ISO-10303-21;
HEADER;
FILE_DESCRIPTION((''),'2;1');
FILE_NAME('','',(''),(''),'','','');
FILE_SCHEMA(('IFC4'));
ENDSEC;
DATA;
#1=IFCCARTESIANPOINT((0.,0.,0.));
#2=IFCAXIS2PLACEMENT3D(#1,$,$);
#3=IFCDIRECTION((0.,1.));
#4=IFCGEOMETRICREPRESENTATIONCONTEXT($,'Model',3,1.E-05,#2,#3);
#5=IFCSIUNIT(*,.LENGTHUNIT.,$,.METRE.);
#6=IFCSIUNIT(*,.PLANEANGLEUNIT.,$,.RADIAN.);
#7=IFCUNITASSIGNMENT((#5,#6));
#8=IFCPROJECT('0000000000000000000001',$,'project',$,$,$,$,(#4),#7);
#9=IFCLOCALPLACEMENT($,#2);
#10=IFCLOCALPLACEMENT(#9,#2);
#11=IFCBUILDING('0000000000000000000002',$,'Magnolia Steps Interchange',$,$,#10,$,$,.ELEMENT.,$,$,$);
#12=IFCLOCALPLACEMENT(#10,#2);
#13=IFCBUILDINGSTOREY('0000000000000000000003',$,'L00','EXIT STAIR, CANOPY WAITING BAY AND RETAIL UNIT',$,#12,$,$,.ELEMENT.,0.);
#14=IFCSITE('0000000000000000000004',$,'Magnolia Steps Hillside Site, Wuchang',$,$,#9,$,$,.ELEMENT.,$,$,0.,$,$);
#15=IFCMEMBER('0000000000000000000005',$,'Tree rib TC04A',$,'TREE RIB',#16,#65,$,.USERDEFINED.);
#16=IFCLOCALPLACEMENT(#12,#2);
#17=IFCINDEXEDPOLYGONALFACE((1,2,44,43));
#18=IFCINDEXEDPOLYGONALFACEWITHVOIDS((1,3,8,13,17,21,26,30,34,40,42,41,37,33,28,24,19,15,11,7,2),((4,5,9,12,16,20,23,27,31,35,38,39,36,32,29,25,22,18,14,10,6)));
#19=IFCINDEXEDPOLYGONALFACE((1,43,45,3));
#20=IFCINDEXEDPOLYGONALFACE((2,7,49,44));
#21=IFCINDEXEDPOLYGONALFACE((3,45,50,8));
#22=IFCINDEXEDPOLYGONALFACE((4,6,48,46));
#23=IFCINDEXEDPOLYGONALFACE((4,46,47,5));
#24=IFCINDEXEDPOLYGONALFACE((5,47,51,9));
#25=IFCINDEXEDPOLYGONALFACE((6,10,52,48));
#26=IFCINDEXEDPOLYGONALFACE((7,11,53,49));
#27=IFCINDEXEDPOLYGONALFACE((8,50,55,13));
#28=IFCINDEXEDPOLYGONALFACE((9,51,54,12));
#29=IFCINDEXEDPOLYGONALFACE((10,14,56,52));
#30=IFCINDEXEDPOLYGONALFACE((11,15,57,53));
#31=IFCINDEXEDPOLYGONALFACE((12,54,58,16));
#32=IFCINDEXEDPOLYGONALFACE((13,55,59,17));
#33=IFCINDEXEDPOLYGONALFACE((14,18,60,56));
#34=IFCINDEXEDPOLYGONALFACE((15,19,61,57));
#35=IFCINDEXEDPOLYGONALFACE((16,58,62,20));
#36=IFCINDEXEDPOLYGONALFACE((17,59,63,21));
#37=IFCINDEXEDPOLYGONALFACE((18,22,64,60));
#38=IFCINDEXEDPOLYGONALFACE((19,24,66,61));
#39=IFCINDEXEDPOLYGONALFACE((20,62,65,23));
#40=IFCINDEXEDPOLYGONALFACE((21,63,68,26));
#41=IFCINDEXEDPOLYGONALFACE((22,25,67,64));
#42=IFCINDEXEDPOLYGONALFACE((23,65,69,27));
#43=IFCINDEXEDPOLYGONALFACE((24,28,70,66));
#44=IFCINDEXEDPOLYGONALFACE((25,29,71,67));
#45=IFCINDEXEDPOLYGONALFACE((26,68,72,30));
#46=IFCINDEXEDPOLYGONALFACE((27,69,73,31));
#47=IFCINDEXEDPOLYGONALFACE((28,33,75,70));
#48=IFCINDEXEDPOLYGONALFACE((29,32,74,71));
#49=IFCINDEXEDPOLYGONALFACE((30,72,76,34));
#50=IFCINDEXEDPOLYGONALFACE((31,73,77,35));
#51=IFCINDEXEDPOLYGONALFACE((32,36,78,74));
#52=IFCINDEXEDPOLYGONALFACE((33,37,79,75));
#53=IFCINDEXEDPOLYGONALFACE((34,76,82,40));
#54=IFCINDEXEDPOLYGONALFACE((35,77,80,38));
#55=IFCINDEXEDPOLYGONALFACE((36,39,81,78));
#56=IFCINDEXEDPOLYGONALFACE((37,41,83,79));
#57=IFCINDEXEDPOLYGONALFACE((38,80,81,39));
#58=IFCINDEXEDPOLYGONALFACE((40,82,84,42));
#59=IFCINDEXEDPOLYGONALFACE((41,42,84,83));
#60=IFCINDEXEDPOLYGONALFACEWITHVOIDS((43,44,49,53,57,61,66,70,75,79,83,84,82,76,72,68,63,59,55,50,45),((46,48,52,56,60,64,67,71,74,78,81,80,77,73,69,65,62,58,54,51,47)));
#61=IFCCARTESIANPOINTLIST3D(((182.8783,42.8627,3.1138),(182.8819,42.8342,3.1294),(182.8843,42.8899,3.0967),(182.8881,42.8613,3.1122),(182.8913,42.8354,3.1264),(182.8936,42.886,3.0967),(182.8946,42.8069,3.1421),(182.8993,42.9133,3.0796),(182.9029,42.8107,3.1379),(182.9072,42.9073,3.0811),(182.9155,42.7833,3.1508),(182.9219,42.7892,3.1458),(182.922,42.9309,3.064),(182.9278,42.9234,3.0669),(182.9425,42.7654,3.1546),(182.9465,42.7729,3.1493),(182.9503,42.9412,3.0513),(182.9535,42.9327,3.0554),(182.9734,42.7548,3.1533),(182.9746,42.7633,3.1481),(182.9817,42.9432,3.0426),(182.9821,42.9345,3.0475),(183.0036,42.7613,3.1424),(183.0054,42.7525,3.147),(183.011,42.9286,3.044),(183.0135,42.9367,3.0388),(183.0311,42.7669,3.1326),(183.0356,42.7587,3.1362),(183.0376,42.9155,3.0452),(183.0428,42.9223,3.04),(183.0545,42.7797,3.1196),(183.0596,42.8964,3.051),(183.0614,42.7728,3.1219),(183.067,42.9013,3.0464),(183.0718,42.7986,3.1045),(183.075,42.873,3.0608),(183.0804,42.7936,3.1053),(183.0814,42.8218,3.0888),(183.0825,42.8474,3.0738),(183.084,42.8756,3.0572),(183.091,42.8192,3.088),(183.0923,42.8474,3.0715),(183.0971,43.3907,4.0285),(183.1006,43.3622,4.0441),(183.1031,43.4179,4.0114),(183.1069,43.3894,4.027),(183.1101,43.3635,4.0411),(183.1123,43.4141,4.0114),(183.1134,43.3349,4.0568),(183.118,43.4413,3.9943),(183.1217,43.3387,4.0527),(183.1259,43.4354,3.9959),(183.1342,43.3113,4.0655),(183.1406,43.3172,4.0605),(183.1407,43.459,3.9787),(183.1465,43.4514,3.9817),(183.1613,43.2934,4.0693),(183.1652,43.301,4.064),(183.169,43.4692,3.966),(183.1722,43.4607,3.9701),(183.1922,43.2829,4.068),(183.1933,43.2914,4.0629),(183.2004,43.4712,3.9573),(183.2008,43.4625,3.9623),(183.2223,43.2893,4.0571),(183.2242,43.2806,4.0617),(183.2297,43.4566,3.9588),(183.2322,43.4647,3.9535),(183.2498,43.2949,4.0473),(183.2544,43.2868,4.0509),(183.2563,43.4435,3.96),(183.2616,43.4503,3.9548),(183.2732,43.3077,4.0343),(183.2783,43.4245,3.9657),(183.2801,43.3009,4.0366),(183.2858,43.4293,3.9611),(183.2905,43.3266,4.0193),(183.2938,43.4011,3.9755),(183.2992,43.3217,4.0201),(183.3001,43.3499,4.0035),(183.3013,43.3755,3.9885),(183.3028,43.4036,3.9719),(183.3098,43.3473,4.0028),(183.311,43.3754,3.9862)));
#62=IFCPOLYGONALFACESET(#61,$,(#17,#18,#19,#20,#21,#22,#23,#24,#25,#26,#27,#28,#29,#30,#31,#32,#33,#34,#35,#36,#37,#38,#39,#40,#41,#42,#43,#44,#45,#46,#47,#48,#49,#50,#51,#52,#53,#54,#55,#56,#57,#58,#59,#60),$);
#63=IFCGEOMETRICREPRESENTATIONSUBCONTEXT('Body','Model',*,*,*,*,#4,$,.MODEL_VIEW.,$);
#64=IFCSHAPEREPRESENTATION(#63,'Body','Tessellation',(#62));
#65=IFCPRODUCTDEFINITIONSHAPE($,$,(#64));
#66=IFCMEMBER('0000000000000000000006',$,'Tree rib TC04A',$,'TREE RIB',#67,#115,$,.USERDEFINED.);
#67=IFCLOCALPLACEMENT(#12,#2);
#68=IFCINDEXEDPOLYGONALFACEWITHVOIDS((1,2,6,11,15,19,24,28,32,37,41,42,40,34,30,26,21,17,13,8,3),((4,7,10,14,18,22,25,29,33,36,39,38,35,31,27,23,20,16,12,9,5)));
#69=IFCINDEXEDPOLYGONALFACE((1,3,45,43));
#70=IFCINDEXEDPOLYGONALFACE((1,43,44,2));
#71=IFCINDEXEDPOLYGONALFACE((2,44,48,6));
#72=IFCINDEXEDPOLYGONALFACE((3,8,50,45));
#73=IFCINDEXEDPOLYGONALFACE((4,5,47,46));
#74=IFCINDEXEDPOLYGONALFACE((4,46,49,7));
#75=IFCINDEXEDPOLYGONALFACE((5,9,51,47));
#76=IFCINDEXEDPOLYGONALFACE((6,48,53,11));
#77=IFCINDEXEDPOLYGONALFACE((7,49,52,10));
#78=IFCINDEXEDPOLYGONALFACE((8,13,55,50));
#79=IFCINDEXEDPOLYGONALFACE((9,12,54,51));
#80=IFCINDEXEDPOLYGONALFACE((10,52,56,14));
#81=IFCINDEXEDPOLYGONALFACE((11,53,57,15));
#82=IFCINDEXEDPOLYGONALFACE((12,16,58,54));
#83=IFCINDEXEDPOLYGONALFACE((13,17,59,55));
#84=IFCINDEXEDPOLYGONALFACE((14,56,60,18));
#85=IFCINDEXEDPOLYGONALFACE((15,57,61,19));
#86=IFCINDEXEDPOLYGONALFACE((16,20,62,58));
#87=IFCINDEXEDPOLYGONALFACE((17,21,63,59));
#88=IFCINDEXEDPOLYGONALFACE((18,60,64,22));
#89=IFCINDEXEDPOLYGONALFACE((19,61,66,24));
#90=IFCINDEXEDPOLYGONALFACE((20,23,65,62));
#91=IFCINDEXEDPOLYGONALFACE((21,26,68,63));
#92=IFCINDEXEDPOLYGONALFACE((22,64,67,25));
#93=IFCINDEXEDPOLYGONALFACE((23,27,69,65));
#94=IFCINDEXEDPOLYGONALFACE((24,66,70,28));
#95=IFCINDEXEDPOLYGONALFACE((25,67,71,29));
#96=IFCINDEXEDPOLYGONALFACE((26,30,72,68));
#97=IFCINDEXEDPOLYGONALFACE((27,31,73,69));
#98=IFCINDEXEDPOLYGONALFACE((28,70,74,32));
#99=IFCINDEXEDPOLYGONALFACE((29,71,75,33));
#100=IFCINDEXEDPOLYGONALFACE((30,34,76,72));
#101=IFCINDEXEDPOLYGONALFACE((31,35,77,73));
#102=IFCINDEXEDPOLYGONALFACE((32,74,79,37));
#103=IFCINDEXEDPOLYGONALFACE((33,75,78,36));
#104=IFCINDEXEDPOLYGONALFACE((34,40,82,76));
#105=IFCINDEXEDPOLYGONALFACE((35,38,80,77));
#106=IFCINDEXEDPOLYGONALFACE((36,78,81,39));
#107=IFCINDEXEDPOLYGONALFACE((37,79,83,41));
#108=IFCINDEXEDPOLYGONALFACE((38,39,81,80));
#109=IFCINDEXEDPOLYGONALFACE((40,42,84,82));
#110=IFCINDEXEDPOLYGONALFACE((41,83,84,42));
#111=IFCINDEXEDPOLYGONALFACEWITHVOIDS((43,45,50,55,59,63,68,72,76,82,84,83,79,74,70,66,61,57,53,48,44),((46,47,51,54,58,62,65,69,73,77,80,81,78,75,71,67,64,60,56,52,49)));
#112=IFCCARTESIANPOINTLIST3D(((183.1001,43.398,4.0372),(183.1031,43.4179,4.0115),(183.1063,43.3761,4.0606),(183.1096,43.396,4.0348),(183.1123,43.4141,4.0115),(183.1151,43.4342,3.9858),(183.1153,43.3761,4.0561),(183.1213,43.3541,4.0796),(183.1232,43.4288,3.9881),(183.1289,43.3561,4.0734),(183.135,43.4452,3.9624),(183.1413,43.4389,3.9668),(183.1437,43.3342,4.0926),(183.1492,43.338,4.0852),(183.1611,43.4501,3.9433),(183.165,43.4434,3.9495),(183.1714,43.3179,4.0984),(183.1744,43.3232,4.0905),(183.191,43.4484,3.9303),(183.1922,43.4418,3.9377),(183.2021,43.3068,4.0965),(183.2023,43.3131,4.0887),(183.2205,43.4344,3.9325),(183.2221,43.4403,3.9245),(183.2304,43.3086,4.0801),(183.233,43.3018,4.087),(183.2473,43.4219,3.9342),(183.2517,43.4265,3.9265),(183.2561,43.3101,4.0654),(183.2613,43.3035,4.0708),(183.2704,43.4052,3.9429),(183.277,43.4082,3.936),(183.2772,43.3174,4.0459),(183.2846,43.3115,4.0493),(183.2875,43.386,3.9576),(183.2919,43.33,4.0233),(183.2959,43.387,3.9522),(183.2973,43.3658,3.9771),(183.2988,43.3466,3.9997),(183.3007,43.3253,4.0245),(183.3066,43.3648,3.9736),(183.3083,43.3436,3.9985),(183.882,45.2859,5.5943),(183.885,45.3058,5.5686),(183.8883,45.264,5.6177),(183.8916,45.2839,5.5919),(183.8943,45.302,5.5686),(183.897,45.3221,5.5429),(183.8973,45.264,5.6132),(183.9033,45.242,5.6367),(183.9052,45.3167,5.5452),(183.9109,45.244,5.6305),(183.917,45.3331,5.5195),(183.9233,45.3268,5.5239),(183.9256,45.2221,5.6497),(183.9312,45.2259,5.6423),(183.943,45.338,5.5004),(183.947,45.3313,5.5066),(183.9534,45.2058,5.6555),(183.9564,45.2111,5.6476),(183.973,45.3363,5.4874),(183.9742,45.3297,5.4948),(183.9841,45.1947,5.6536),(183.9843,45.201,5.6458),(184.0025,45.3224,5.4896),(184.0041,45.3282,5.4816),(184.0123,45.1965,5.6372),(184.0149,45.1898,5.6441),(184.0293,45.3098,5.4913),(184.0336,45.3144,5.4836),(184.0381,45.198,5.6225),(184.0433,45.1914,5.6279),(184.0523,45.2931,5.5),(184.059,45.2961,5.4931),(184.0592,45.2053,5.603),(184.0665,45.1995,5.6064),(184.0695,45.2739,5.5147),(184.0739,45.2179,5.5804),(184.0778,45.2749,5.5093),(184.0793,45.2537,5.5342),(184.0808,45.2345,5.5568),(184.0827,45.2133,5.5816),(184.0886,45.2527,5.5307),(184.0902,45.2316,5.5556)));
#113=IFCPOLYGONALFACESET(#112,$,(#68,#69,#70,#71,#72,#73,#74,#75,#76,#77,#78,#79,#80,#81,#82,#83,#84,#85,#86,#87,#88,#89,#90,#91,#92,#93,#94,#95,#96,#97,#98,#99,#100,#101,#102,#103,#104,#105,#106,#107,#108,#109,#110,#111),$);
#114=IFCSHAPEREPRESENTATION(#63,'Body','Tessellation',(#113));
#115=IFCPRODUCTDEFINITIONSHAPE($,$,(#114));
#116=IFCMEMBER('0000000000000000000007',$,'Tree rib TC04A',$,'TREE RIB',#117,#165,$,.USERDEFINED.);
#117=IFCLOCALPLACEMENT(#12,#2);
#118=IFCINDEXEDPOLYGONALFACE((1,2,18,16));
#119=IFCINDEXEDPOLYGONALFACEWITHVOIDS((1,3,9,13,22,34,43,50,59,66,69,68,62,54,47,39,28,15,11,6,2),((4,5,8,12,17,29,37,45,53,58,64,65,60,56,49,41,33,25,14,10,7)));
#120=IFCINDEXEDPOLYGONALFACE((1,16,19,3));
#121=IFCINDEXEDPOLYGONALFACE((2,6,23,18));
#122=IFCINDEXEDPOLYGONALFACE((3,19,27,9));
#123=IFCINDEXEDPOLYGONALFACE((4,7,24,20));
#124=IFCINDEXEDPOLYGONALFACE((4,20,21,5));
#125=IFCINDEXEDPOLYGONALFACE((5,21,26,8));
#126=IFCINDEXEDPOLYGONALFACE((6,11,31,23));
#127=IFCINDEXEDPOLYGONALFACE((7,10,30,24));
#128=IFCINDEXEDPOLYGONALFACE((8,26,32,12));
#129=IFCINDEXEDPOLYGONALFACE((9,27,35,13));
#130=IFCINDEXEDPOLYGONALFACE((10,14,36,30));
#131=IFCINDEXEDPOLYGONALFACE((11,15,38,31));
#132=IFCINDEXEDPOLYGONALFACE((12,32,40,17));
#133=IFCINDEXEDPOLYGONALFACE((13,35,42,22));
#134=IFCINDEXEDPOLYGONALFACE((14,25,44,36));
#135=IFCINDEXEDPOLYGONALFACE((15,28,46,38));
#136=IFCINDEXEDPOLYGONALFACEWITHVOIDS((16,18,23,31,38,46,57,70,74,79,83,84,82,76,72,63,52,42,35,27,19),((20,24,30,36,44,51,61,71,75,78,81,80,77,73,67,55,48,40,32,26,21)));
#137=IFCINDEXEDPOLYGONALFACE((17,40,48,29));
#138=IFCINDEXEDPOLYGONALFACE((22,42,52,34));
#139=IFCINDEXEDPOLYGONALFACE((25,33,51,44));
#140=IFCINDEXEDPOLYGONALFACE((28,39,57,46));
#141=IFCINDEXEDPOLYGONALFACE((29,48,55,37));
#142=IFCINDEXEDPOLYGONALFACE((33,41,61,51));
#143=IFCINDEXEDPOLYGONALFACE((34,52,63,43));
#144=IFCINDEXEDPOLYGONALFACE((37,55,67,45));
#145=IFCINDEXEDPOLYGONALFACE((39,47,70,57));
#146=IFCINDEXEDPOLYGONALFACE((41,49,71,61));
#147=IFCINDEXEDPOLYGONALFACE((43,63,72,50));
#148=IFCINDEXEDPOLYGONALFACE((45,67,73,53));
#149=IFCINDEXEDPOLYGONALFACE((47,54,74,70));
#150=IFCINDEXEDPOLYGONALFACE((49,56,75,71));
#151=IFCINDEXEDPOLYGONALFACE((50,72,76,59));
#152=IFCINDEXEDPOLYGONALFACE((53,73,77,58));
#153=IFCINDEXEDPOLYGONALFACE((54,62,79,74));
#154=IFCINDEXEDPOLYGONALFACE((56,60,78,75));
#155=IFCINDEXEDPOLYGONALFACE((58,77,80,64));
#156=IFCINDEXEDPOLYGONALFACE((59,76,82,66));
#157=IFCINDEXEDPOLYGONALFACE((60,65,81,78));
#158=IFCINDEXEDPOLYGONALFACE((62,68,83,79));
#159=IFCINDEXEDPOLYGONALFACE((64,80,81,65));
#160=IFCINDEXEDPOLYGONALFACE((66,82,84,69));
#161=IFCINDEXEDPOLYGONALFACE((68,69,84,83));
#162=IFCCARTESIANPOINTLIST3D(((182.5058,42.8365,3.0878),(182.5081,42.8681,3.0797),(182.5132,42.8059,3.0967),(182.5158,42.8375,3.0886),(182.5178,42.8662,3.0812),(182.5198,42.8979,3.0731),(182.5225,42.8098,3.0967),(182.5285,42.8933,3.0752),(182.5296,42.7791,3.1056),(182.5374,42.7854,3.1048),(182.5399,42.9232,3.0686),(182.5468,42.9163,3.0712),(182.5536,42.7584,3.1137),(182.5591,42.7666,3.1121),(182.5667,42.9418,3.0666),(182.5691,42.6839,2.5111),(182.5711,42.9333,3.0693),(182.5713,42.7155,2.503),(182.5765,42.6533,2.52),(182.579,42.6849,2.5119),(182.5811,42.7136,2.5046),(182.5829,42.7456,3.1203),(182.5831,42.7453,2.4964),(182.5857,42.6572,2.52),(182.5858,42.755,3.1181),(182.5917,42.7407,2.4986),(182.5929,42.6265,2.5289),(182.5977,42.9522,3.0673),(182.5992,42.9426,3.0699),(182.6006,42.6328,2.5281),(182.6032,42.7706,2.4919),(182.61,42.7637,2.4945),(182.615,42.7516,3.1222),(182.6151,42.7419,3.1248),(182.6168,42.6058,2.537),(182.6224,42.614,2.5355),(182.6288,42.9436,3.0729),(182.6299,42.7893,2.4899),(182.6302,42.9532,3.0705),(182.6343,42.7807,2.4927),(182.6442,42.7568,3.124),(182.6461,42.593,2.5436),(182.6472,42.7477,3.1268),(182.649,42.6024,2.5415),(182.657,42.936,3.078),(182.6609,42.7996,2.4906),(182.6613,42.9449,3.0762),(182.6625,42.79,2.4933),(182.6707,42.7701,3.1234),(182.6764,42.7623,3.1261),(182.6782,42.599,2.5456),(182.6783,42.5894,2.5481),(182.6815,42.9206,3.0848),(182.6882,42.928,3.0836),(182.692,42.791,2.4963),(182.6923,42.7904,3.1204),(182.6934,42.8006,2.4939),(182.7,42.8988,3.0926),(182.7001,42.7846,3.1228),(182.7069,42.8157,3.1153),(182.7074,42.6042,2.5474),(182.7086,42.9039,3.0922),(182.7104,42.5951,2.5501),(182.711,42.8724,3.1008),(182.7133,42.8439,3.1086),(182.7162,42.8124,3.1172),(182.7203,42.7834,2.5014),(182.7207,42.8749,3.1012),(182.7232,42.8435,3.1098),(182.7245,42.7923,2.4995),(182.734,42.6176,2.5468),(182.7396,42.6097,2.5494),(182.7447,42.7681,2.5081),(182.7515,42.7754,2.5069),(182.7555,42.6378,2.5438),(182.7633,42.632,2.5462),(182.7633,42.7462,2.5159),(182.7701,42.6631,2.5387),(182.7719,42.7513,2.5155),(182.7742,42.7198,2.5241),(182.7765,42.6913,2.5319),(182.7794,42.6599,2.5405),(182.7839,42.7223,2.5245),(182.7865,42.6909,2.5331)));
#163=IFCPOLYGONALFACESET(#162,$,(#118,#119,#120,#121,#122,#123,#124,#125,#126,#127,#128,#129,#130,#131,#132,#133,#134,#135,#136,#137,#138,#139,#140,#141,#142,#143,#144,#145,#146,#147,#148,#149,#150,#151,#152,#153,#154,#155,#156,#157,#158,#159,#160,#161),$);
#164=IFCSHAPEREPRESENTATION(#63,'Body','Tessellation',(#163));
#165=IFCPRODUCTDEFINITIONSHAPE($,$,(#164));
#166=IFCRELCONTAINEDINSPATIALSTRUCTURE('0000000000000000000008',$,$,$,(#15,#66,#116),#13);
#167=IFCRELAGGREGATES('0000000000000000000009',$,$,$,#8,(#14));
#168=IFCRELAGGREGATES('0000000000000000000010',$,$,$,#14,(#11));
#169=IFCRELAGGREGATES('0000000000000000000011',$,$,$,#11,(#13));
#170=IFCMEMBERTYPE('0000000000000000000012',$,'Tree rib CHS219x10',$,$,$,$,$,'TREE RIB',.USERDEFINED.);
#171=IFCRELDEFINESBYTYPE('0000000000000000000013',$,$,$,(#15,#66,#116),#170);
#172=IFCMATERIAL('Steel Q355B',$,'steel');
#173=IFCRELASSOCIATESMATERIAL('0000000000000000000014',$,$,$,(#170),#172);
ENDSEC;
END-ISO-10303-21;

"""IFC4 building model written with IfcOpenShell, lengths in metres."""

from ifc_helpers import new_model, si_unit, direction, frame, origin, origin_2d, place, context, subcontext, project, spatial, hollow_circle, extrude, material, material_profile, profile_set, type_object, element, save


model = new_model("IFC4")

# Units and contexts
model_context = context("Model", 3, precision=1e-05, world=origin(), true_north=direction((0.0, 1.0)))
body_context = subcontext(model_context, "Body", "Model", "MODEL_VIEW")
ifc_project = project(units=[si_unit("LENGTHUNIT", "METRE"), si_unit("PLANEANGLEUNIT", "RADIAN")], contexts=[model_context])

# Site, building, storey
site_placement = place(None, origin())
site = spatial("IfcSite", under=ifc_project, at=site_placement, Name="Magnolia Steps Hillside Site, Wuchang", CompositionType="ELEMENT", RefElevation=0.0)
building_placement = place(site_placement, origin())
building = spatial("IfcBuilding", under=site, at=building_placement, Name="Magnolia Steps Interchange", CompositionType="ELEMENT")
storey_placement = place(building_placement, origin())
storey = spatial("IfcBuildingStorey", under=building, at=storey_placement, Name="L00", Description="EXIT STAIR, CANOPY WAITING BAY AND RETAIL UNIT", CompositionType="ELEMENT", Elevation=0.0)

# Members
ifc_material_1 = material(Name="Steel Q355B", Category="steel")
ifc_material_profile_1 = material_profile(ifc_material_1, hollow_circle(Radius=0.1096, WallThickness=0.01, at=origin_2d()), Name="CHS219x10")
ifc_profile_set_1 = profile_set([ifc_material_profile_1], Name="Steel Q355B")
member_type = type_object("IfcMemberType", Name="Tree rib CHS219x10", ElementType="TREE RIB", PredefinedType="USERDEFINED", material=ifc_profile_set_1)
member_1_placement = place(storey_placement, frame((182.9856, 42.8479, 3.0967), z_axis=(0.202793, 0.489555, 0.848063), x_axis=(-0.923871, 0.382704, 0.0)))
element("IfcMember", 1, at=member_1_placement, inside=storey, type_object=member_type, Name="Tree rib TC04A", ObjectType="TREE RIB", PredefinedType="USERDEFINED", context=body_context, shape_type="SweptSolid", body=[
    extrude(hollow_circle(Radius=0.1096, WallThickness=0.01, at=origin_2d()), origin(), (0.0, 0.0, 1.0), 1.0786),
])
member_2_placement = place(storey_placement, frame((183.2043, 43.376, 4.0115), z_axis=(0.304376, 0.734854, 0.60609), x_axis=(-0.923884, 0.382672, 0.0)))
element("IfcMember", 2, at=member_2_placement, inside=storey, type_object=member_type, Name="Tree rib TC04A", ObjectType="TREE RIB", PredefinedType="USERDEFINED", context=body_context, shape_type="SweptSolid", body=[
    extrude(hollow_circle(Radius=0.1096, WallThickness=0.01, at=origin_2d()), origin(), (0.0, 0.0, 1.0), 2.5691),
])
member_3_placement = place(storey_placement, frame((182.6777, 42.6953, 2.52), z_axis=(-0.105414, 0.254377, 0.961343), x_axis=(-0.923819, -0.38283, 0.0)))
element("IfcMember", 3, at=member_3_placement, inside=storey, type_object=member_type, Name="Tree rib TC04A", ObjectType="TREE RIB", PredefinedType="USERDEFINED", context=body_context, shape_type="SweptSolid", body=[
    extrude(hollow_circle(Radius=0.1096, WallThickness=0.01, at=origin_2d()), origin(), (0.0, 0.0, 1.0), 0.5999),
])

save(model, "model.ifc")
